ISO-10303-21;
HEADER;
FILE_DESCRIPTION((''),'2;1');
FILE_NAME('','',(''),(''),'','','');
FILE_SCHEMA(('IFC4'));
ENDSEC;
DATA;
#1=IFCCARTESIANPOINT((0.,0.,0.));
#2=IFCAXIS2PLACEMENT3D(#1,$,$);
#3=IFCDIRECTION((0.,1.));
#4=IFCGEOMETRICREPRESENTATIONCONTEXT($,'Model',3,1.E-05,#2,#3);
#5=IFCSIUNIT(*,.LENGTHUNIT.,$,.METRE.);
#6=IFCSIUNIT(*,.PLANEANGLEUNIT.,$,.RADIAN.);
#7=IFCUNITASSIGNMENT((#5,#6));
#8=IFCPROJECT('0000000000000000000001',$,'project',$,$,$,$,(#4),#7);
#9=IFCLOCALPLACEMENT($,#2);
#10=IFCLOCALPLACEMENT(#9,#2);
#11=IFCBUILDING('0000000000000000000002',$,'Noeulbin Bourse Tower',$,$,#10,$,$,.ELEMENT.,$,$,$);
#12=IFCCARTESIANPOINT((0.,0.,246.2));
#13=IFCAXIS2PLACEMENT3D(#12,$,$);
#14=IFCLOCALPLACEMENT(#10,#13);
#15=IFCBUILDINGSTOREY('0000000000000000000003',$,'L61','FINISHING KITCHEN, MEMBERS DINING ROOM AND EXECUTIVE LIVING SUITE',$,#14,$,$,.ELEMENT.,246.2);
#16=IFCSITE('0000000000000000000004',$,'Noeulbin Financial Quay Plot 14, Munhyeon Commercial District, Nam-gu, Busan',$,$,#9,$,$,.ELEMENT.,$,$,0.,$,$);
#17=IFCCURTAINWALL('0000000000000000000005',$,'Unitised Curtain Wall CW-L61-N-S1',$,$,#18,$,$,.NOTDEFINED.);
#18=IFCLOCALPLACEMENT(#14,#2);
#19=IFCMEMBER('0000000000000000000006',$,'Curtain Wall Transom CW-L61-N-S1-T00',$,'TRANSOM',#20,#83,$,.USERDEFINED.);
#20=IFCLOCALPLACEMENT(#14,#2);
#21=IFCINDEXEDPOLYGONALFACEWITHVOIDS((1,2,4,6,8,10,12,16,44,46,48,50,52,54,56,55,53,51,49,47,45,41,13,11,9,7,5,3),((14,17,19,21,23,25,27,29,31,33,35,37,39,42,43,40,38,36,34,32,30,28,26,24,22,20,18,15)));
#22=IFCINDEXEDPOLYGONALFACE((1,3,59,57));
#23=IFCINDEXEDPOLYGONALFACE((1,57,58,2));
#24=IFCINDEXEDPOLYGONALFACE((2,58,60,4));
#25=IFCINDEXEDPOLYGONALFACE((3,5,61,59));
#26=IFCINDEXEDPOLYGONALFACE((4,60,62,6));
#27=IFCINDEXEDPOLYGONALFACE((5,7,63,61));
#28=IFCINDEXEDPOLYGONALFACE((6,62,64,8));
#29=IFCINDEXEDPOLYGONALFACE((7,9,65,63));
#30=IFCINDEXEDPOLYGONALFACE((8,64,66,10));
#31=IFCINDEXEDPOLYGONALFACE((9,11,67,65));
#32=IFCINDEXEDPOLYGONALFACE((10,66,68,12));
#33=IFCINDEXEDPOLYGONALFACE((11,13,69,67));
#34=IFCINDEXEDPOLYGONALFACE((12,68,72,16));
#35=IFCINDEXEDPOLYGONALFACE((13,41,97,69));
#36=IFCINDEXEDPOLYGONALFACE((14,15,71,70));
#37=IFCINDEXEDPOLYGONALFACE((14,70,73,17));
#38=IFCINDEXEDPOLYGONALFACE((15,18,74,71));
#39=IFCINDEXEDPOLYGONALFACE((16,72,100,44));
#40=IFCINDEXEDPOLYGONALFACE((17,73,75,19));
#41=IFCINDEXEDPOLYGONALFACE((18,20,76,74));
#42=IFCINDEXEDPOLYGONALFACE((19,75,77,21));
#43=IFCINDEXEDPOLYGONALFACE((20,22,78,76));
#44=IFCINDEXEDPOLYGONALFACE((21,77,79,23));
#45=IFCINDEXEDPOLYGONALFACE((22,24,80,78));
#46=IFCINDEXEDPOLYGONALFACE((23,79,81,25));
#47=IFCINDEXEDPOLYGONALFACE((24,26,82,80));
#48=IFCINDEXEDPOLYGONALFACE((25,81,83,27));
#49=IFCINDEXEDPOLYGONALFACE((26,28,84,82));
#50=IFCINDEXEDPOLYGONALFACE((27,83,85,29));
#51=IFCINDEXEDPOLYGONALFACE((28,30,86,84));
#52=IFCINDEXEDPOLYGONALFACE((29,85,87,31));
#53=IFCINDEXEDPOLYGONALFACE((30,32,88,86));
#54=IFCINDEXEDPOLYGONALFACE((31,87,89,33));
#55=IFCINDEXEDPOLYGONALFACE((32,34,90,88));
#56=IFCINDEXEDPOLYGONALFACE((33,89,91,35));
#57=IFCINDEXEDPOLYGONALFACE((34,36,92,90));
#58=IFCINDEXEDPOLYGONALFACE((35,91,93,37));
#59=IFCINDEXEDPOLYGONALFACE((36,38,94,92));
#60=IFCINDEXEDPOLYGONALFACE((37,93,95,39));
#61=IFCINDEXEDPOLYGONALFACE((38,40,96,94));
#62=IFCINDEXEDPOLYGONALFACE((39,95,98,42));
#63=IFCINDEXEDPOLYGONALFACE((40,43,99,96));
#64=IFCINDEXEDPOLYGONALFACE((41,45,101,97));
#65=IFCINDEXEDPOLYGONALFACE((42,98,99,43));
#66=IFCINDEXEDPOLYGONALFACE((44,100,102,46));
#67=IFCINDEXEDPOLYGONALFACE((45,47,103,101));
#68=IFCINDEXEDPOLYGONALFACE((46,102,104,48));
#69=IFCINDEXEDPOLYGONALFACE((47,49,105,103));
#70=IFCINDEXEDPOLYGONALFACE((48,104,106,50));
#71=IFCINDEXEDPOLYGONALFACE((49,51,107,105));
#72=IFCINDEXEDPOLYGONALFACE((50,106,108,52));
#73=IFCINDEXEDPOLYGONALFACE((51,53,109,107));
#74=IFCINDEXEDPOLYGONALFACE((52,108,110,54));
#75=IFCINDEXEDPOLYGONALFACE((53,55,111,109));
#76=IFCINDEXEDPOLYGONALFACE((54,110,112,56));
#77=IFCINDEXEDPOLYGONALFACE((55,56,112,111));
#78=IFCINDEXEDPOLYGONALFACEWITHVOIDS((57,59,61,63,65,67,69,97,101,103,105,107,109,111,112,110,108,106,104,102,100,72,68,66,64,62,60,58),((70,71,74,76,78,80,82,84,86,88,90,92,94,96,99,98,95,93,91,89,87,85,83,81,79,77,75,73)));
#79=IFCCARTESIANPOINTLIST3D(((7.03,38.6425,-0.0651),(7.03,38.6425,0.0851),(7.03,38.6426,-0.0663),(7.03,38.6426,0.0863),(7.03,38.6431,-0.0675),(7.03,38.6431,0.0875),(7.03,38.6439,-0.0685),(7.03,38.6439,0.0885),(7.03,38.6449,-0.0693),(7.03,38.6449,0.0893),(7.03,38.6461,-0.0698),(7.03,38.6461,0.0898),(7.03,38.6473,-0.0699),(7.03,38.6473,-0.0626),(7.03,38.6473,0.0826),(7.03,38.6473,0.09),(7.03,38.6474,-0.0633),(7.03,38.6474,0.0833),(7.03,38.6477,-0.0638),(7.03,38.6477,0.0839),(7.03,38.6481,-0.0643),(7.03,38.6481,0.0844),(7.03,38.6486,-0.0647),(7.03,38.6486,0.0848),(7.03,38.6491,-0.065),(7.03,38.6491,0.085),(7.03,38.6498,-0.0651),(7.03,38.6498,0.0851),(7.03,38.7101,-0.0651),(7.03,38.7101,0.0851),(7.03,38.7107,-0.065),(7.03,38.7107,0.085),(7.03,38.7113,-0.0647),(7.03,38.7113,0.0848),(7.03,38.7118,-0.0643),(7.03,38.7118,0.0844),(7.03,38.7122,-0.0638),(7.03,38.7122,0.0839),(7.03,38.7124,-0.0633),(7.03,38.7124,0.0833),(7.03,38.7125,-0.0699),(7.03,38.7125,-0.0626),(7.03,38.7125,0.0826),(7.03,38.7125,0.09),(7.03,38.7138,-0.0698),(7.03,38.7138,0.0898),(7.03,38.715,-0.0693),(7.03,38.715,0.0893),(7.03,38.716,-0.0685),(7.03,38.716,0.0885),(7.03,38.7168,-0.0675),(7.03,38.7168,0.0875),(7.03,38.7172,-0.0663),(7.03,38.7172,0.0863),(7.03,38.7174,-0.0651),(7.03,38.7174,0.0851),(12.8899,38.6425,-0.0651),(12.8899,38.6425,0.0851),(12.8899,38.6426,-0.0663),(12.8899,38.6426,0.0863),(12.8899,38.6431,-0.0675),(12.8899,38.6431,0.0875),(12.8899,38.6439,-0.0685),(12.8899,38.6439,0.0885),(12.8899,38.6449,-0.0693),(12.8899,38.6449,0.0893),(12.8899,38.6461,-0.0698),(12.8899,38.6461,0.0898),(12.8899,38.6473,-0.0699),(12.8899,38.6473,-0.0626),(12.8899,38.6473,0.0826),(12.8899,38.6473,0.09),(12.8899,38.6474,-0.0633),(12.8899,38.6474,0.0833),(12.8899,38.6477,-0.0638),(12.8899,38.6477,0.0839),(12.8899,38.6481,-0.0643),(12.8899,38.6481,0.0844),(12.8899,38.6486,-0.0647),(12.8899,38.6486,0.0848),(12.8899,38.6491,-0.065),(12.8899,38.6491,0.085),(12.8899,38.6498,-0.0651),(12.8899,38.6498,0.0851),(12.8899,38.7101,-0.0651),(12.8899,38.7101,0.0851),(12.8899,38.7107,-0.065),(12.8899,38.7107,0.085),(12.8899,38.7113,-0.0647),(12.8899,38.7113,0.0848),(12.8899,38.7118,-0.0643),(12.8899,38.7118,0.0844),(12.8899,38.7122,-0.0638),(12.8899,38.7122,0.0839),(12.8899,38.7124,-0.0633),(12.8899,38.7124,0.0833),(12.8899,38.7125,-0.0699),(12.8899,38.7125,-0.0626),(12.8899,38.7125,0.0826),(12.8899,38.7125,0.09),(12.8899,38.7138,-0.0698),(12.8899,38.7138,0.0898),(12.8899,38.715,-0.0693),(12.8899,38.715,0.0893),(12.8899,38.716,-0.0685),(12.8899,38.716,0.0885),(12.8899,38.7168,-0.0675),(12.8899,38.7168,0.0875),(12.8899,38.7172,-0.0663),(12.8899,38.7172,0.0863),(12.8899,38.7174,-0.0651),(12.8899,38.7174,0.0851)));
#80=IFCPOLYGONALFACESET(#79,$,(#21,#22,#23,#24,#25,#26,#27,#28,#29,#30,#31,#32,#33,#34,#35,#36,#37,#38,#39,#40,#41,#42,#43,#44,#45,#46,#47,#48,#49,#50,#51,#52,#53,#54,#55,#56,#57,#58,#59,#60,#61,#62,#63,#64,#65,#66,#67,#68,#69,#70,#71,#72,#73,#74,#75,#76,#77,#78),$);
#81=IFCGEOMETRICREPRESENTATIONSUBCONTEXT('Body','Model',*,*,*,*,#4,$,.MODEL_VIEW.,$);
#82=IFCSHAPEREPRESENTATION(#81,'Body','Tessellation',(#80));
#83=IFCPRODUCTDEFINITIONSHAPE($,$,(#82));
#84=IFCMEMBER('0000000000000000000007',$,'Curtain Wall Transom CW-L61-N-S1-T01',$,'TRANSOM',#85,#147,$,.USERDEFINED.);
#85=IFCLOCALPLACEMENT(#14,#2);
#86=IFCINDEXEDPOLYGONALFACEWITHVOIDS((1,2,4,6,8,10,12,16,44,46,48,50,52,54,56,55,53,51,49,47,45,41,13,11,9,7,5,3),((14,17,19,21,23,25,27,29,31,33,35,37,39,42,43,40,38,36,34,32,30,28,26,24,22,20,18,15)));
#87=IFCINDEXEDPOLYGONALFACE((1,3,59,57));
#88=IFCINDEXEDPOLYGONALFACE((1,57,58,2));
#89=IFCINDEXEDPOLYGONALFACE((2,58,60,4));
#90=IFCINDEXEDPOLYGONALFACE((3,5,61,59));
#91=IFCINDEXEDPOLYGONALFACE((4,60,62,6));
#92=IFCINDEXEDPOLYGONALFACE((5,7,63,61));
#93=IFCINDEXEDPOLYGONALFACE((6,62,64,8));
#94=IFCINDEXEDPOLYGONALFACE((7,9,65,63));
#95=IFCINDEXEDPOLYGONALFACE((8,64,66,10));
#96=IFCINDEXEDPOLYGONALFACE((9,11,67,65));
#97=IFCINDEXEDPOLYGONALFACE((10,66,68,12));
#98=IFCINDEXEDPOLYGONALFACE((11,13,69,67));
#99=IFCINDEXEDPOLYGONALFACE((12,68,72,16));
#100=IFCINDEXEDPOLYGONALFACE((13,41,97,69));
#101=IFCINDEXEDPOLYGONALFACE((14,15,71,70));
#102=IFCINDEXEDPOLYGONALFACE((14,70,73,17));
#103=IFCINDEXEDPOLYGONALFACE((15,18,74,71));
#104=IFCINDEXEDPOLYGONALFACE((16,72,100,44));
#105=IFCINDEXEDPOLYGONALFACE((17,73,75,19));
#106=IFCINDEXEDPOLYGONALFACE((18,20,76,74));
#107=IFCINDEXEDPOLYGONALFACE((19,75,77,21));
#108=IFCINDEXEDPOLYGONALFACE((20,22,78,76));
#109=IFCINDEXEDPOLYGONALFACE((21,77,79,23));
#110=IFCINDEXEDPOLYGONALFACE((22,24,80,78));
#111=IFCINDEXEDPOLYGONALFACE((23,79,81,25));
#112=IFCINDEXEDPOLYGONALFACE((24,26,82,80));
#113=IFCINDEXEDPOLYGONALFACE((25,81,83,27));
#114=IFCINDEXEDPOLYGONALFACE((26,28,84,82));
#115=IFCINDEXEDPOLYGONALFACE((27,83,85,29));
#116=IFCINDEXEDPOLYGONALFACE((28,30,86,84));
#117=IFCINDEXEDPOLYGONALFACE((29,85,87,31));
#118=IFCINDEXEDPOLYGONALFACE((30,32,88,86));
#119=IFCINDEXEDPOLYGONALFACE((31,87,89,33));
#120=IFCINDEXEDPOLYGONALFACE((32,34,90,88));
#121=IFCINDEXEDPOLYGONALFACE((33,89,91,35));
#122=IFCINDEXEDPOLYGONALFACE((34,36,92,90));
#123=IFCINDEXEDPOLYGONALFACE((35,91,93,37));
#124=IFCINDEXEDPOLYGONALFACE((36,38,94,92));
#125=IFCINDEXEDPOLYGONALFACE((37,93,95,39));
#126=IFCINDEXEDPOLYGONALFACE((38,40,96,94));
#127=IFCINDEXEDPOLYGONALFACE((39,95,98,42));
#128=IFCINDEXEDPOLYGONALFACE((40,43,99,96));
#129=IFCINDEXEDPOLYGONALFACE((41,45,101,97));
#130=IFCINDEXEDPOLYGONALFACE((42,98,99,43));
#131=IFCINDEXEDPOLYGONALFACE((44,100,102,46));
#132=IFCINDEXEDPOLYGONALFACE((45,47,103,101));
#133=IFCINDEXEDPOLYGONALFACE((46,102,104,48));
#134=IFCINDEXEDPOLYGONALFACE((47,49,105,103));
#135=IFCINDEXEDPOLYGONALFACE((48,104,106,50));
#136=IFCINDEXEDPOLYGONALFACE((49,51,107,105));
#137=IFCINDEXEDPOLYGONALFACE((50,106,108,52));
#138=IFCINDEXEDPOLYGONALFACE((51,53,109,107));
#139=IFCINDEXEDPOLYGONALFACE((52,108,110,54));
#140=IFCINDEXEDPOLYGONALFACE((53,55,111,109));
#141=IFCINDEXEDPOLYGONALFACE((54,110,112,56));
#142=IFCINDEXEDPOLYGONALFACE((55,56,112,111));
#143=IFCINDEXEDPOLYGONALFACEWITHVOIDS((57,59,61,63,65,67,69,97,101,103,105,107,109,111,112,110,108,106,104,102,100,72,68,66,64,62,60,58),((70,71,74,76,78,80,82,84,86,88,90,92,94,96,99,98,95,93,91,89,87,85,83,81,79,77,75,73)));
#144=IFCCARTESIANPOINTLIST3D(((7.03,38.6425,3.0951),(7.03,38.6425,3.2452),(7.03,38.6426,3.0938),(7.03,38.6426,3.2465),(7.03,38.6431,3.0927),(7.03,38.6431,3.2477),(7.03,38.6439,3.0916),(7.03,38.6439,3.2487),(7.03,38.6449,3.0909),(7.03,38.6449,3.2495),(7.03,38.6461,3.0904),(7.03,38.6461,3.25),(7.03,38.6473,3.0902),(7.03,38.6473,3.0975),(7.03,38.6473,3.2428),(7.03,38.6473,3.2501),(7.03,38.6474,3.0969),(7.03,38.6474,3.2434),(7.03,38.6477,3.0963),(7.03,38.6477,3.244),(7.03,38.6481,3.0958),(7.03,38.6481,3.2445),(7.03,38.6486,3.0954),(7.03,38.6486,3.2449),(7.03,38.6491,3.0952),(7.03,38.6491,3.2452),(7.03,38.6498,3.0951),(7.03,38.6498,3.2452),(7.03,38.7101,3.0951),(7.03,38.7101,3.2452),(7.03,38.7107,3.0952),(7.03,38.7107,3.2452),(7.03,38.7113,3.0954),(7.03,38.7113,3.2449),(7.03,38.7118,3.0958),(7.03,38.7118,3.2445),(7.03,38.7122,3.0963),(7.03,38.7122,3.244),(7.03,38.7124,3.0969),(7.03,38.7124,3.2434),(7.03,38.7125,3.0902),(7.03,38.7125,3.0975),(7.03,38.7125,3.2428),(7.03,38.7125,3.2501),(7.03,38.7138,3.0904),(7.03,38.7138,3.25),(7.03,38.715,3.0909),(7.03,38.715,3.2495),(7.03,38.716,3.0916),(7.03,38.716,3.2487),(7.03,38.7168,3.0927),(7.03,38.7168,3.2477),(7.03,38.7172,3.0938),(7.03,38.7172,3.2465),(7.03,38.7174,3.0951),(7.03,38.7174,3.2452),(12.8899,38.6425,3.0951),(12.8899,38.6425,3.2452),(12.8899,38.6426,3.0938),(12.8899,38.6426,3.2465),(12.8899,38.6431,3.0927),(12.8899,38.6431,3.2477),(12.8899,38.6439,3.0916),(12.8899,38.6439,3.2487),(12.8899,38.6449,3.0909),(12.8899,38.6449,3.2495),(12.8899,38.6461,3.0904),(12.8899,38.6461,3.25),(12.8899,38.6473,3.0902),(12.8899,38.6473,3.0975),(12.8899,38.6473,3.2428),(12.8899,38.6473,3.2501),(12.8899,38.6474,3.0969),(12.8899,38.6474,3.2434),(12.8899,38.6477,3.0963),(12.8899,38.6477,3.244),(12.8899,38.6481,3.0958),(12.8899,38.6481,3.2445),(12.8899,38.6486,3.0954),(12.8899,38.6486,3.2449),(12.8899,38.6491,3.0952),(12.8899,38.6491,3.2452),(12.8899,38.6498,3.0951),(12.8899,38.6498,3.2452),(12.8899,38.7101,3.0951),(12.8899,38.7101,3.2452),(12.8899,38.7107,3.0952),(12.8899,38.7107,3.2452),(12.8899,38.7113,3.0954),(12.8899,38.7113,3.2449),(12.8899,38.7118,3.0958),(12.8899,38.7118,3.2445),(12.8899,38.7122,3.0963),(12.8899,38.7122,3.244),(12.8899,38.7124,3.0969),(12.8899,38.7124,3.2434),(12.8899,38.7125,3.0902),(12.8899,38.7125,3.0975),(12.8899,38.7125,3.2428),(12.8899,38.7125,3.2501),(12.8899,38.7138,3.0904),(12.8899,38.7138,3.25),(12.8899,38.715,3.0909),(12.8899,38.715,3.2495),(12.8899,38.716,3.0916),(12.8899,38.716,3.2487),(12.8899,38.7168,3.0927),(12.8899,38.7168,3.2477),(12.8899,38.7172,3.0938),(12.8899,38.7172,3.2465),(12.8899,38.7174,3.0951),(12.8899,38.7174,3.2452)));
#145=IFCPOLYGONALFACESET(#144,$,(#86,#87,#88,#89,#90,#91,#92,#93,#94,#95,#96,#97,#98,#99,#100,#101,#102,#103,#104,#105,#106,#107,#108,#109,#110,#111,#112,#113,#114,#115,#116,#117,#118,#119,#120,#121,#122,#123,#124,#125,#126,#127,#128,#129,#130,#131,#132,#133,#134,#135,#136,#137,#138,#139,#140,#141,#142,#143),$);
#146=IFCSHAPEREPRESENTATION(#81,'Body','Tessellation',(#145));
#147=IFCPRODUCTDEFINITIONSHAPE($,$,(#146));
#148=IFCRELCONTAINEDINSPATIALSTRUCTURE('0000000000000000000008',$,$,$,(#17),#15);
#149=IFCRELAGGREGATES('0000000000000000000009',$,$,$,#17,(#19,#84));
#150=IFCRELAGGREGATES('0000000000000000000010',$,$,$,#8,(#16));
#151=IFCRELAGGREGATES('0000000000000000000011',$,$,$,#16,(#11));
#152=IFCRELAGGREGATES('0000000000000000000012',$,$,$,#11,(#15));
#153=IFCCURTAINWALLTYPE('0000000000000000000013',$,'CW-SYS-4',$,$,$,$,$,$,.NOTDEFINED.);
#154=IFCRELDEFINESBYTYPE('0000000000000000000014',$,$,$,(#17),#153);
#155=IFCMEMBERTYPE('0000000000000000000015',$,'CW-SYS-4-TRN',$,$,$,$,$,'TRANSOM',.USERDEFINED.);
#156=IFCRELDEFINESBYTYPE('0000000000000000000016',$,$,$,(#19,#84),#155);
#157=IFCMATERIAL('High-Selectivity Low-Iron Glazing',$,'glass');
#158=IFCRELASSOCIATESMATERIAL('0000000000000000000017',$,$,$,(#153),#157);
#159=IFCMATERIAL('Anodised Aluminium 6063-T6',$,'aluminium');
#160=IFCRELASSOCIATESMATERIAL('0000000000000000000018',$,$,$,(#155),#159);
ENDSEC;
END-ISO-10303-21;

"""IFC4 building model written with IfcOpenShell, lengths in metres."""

from ifc_helpers import new_model, si_unit, direction, frame, origin, origin_2d, place, context, subcontext, project, spatial, hollow_rectangle, extrude, material, material_profile, profile_set, type_object, element, aggregate, save


model = new_model("IFC4")

# Units and contexts
model_context = context("Model", 3, precision=1e-05, world=origin(), true_north=direction((0.0, 1.0)))
body_context = subcontext(model_context, "Body", "Model", "MODEL_VIEW")
ifc_project = project(units=[si_unit("LENGTHUNIT", "METRE"), si_unit("PLANEANGLEUNIT", "RADIAN")], contexts=[model_context])

# Site, building, storey
site_placement = place(None, origin())
site = spatial("IfcSite", under=ifc_project, at=site_placement, Name="Noeulbin Financial Quay Plot 14, Munhyeon Commercial District, Nam-gu, Busan", CompositionType="ELEMENT", RefElevation=0.0)
building_placement = place(site_placement, origin())
building = spatial("IfcBuilding", under=site, at=building_placement, Name="Noeulbin Bourse Tower", CompositionType="ELEMENT")
storey_placement = place(building_placement, frame((0.0, 0.0, 246.2)))
storey = spatial("IfcBuildingStorey", under=building, at=storey_placement, Name="L61", Description="FINISHING KITCHEN, MEMBERS DINING ROOM AND EXECUTIVE LIVING SUITE", CompositionType="ELEMENT", Elevation=246.2)

# Curtain wall
ifc_material_1 = material(Name="High-Selectivity Low-Iron Glazing", Category="glass")
curtain_wall_type = type_object("IfcCurtainWallType", Name="CW-SYS-4", PredefinedType="NOTDEFINED", material=ifc_material_1)
curtain_wall_1_placement = place(storey_placement, origin())
curtain_wall_1 = element("IfcCurtainWall", 1, at=curtain_wall_1_placement, inside=storey, type_object=curtain_wall_type, Name="Unitised Curtain Wall CW-L61-N-S1", PredefinedType="NOTDEFINED")
ifc_material_2 = material(Name="Anodised Aluminium 6063-T6", Category="aluminium")

# Members
ifc_material_profile_1 = material_profile(ifc_material_2, hollow_rectangle(XDim=0.075, YDim=0.1599, WallThickness=0.0049, InnerFilletRadius=0.0024, OuterFilletRadius=0.0049, at=origin_2d()), Name="ALU-TRAN-75x160x5", Category="LoadBearing")
ifc_profile_set_1 = profile_set([ifc_material_profile_1], Name="Anodised Aluminium 6063-T6")
member_type_1 = type_object("IfcMemberType", Name="CW-SYS-4-TRN", ElementType="TRANSOM", PredefinedType="USERDEFINED", material=ifc_profile_set_1)
member_1_placement = place(storey_placement, frame((7.03, 38.6799, 0.01), z_axis=(1.0, 0.0, 0.0), x_axis=(0.0, 1.0, 0.0)))
member_1 = element("IfcMember", 2, at=member_1_placement, type_object=member_type_1, Name="Curtain Wall Transom CW-L61-N-S1-T00", ObjectType="TRANSOM", PredefinedType="USERDEFINED", context=body_context, shape_type="SweptSolid", body=[
    extrude(hollow_rectangle(XDim=0.075, YDim=0.1599, WallThickness=0.0049, InnerFilletRadius=0.0024, OuterFilletRadius=0.0049, at=origin_2d()), origin(), (0.0, 0.0, 1.0), 5.8599),
])
member_2_placement = place(storey_placement, frame((7.03, 38.6799, 3.1702), z_axis=(1.0, 0.0, 0.0), x_axis=(0.0, 1.0, 0.0)))
member_2 = element("IfcMember", 3, at=member_2_placement, type_object=member_type_1, Name="Curtain Wall Transom CW-L61-N-S1-T01", ObjectType="TRANSOM", PredefinedType="USERDEFINED", context=body_context, shape_type="SweptSolid", body=[
    extrude(hollow_rectangle(XDim=0.075, YDim=0.1599, WallThickness=0.0049, InnerFilletRadius=0.0024, OuterFilletRadius=0.0049, at=origin_2d()), origin(), (0.0, 0.0, 1.0), 5.8599),
])

aggregate(curtain_wall_1, [member_1, member_2])

save(model, "model.ifc")
